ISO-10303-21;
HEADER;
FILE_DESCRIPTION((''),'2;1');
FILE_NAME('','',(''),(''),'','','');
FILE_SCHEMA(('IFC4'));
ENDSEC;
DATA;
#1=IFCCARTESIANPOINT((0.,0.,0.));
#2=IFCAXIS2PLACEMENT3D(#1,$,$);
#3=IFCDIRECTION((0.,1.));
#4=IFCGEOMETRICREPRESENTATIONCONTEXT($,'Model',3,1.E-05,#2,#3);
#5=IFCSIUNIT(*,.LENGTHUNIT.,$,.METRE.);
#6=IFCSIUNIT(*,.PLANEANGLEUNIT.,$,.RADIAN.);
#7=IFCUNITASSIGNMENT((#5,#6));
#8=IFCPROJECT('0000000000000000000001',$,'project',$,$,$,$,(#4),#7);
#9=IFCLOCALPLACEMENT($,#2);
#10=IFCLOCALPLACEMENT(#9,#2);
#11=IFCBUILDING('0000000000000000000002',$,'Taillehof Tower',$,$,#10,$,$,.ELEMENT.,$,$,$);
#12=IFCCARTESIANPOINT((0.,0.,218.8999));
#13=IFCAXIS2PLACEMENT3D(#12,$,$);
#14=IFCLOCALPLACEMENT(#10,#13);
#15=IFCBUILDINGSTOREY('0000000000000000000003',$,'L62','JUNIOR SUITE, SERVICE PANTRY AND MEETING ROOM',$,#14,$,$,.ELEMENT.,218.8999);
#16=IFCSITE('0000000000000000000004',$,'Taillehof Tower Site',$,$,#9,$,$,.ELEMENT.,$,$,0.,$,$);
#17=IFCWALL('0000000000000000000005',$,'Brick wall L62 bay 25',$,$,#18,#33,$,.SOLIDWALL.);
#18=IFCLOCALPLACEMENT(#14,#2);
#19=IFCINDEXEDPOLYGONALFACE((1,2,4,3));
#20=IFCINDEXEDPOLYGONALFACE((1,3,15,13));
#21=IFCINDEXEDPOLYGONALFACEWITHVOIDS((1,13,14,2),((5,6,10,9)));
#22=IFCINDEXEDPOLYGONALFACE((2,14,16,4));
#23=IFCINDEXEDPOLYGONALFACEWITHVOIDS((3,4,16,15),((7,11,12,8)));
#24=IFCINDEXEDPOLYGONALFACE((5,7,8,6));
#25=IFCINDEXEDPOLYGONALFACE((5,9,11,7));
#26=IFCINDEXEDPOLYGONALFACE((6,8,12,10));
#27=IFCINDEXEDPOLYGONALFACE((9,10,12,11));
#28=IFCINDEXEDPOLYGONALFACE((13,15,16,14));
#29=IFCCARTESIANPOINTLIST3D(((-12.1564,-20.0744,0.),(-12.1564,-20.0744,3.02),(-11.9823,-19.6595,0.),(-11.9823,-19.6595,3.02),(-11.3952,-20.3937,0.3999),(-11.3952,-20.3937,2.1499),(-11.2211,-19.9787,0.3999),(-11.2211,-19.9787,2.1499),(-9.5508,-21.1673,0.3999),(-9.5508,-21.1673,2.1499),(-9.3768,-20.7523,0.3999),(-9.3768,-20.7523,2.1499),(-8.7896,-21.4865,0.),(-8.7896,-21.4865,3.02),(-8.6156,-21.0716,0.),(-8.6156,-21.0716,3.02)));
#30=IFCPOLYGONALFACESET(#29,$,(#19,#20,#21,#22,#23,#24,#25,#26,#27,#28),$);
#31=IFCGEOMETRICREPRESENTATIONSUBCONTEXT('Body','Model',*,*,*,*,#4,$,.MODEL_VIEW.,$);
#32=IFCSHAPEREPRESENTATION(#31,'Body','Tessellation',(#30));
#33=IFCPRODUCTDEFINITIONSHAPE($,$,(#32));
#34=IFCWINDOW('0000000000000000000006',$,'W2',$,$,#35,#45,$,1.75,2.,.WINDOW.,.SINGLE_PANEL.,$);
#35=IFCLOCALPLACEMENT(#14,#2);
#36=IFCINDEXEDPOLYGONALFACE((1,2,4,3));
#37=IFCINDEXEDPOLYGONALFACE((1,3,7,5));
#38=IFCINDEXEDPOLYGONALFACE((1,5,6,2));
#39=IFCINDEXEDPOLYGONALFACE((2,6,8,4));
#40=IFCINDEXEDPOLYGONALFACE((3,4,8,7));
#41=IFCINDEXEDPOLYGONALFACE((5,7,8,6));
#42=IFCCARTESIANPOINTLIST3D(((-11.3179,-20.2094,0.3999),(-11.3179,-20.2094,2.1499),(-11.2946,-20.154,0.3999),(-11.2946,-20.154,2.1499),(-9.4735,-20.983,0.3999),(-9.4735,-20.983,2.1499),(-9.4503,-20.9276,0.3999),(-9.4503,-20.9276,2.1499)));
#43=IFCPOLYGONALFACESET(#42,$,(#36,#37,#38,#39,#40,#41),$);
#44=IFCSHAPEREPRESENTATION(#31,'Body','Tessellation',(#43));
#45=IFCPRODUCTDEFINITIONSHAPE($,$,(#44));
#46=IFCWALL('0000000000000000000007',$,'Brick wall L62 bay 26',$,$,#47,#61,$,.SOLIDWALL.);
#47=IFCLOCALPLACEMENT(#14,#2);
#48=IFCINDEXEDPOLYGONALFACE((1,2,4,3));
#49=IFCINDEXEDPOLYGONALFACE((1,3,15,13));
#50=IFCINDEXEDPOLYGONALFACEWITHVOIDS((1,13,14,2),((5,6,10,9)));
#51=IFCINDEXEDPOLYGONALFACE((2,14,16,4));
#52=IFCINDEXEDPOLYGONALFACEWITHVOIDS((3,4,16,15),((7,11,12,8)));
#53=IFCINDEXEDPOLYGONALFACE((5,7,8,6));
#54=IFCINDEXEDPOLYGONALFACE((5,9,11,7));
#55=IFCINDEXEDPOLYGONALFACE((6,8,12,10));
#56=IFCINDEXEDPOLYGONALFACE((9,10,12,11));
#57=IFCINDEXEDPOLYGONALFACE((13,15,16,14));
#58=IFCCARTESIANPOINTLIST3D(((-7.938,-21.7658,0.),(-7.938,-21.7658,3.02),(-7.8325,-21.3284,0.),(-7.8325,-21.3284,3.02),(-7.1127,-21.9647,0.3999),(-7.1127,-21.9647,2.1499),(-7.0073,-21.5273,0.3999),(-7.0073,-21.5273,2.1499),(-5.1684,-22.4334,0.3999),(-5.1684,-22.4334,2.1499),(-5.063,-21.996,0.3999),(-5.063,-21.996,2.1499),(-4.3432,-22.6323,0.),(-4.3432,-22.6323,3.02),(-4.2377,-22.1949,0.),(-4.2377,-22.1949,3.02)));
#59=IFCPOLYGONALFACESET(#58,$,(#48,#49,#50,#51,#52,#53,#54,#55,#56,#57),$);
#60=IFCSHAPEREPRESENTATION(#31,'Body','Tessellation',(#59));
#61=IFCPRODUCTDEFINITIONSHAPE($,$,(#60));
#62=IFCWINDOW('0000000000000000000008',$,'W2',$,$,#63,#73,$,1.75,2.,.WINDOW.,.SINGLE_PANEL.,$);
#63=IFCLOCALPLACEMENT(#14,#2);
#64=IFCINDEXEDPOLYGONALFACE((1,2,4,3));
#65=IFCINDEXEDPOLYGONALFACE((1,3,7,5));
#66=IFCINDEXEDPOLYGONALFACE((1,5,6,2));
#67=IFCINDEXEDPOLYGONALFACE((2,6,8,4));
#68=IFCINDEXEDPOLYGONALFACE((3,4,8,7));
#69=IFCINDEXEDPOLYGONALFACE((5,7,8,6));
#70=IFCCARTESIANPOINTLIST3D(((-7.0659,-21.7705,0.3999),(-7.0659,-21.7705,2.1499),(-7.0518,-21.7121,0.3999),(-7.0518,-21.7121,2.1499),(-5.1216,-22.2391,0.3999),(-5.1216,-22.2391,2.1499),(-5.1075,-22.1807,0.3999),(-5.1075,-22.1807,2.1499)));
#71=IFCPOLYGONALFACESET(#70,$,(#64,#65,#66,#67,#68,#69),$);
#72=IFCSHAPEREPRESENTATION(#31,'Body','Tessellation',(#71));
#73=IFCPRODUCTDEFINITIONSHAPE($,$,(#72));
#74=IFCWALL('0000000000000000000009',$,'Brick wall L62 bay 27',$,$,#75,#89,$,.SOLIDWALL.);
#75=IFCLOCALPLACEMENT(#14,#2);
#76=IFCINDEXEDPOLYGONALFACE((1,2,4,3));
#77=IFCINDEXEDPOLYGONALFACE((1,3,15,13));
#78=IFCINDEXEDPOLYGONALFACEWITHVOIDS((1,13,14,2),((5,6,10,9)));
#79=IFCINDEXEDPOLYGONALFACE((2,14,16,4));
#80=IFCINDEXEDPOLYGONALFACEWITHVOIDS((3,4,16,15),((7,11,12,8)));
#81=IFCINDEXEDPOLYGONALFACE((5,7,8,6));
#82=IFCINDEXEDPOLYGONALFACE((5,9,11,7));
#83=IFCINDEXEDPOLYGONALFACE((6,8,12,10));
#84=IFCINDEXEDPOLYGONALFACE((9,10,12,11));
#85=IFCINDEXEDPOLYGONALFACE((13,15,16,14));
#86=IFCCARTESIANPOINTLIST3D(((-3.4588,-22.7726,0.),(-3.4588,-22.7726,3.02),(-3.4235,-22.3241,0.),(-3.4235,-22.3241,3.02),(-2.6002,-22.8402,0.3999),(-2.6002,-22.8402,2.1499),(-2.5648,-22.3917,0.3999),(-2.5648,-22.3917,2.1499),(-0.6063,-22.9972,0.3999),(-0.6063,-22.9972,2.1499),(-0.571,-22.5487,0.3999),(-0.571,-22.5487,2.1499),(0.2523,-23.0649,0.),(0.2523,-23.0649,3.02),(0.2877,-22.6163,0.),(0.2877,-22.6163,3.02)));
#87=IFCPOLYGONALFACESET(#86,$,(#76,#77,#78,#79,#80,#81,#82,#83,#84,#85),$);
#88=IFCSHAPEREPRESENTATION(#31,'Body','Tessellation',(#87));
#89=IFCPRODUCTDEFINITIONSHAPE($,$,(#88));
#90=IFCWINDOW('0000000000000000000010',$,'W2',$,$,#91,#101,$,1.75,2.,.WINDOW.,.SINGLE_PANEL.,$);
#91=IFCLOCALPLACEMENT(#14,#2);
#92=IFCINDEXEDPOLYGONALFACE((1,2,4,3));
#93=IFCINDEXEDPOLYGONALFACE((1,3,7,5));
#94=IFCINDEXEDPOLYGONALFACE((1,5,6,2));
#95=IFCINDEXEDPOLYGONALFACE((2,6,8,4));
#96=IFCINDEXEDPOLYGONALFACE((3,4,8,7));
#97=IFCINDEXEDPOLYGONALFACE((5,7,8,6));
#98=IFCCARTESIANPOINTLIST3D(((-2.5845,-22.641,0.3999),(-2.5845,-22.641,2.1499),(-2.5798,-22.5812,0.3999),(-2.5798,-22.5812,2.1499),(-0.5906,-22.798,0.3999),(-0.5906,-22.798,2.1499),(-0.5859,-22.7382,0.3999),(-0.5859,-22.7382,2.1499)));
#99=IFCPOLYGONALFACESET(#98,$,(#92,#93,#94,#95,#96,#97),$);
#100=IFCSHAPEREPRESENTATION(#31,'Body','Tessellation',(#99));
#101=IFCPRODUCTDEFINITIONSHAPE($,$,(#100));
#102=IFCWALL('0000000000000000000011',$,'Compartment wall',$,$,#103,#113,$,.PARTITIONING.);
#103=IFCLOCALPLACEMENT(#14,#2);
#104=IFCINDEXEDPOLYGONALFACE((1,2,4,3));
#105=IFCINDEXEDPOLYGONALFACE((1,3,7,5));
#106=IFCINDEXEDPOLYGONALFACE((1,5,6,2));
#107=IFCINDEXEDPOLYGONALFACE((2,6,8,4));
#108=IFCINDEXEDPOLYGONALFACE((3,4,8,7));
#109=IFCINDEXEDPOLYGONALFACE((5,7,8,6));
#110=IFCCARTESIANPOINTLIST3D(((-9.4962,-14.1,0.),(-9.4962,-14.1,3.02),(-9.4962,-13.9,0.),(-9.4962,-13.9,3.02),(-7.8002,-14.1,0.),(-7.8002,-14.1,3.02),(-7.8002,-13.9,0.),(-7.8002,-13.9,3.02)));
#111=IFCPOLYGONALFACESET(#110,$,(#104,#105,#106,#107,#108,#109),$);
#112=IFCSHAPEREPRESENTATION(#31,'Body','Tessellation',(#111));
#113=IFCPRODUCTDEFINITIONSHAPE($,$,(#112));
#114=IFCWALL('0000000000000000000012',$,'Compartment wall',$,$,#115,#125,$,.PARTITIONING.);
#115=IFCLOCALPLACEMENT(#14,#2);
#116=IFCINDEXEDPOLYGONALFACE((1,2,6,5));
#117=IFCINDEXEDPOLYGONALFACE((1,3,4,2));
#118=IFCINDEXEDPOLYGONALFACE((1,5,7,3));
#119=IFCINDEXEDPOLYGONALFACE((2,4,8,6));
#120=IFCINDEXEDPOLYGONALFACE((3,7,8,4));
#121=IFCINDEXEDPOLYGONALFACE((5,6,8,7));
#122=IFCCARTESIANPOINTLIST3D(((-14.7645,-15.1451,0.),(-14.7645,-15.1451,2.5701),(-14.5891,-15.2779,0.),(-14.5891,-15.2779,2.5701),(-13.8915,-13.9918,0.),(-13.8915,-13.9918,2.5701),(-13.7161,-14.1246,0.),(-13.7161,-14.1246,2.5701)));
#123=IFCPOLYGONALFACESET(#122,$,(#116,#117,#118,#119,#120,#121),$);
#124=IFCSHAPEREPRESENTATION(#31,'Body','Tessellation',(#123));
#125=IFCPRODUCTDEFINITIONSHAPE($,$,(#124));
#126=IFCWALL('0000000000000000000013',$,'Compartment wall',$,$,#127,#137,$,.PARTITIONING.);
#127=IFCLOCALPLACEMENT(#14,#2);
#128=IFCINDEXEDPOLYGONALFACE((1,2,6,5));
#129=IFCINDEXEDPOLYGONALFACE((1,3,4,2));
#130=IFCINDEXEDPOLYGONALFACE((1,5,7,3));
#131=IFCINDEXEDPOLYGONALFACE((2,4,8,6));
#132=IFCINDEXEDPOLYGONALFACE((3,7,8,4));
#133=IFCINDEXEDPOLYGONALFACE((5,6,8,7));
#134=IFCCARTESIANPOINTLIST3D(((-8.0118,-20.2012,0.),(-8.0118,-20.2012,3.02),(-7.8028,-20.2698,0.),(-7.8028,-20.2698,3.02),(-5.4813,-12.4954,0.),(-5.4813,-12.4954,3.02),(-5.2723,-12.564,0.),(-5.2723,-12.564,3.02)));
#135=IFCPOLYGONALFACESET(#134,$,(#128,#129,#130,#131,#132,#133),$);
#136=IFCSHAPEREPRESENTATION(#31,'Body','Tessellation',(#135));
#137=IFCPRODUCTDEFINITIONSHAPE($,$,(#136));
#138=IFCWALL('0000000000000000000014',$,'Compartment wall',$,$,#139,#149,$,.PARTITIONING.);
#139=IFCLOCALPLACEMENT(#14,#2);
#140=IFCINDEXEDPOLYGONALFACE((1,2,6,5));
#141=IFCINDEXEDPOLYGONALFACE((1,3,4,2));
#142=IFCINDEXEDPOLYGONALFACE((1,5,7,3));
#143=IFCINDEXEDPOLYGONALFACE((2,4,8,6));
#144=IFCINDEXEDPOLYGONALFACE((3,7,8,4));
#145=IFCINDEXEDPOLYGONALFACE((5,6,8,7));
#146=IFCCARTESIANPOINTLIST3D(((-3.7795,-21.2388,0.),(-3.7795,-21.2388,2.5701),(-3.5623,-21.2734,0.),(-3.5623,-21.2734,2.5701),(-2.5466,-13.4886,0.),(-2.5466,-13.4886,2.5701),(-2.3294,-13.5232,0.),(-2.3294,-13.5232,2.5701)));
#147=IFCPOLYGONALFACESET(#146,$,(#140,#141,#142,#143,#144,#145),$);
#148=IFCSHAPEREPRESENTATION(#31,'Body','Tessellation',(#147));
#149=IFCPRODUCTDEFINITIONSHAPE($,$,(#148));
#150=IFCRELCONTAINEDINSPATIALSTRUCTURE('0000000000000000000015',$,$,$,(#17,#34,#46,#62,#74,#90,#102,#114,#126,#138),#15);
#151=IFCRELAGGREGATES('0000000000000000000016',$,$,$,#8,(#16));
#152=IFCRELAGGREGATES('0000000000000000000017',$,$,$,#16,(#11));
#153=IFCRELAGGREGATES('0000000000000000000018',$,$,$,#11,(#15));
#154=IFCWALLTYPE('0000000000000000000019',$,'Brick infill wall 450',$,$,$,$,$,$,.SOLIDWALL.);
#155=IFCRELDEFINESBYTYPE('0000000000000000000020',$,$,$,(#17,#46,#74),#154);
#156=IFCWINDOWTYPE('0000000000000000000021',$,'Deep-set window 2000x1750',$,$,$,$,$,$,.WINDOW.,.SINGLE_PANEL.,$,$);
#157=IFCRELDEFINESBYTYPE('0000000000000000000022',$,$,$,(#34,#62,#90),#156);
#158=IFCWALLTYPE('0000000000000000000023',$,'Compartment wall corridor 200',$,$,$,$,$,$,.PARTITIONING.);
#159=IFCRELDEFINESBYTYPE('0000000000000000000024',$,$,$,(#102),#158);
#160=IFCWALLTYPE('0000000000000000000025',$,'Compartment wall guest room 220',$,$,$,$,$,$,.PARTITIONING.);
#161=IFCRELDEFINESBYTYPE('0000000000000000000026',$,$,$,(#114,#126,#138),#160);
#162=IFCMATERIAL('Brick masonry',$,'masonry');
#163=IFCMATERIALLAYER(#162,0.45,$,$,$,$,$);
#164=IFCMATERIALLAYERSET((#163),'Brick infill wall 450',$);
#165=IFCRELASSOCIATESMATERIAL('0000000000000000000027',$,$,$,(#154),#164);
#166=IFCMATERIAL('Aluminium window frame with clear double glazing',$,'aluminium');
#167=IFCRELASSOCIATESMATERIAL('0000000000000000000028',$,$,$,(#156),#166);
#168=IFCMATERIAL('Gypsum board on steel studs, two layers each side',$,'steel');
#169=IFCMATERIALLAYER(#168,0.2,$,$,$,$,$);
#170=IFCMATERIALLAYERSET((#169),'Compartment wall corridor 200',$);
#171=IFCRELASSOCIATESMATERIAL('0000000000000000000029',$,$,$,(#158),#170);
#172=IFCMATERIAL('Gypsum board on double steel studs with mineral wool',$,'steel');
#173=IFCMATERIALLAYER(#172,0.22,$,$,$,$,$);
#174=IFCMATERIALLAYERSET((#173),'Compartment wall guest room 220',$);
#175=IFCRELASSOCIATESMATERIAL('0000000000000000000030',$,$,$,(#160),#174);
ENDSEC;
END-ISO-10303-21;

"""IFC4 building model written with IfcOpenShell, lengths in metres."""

from ifc_helpers import new_model, si_unit, direction, frame, frame_2d, origin, place, context, subcontext, project, spatial, rectangle, extrude, material, layer, layer_set, type_object, element, fill, save


model = new_model("IFC4")

# Units and contexts
model_context = context("Model", 3, precision=1e-05, world=origin(), true_north=direction((0.0, 1.0)))
body_context = subcontext(model_context, "Body", "Model", "MODEL_VIEW")
ifc_project = project(units=[si_unit("LENGTHUNIT", "METRE"), si_unit("PLANEANGLEUNIT", "RADIAN")], contexts=[model_context])

# Site, building, storey
site_placement = place(None, origin())
site = spatial("IfcSite", under=ifc_project, at=site_placement, Name="Taillehof Tower Site", CompositionType="ELEMENT", RefElevation=0.0)
building_placement = place(site_placement, origin())
building = spatial("IfcBuilding", under=site, at=building_placement, Name="Taillehof Tower", CompositionType="ELEMENT")
storey_placement = place(building_placement, frame((0.0, 0.0, 218.8999)))
storey = spatial("IfcBuildingStorey", under=building, at=storey_placement, Name="L62", Description="JUNIOR SUITE, SERVICE PANTRY AND MEETING ROOM", CompositionType="ELEMENT", Elevation=218.8999)

# Walls, openings, windows
ifc_material_1 = material(Name="Brick masonry", Category="masonry")
ifc_layer_1 = layer(ifc_material_1, 0.45)
ifc_layer_set_1 = layer_set([ifc_layer_1], Name="Brick infill wall 450")
wall_type_1 = type_object("IfcWallType", Name="Brick infill wall 450", PredefinedType="SOLIDWALL", material=ifc_layer_set_1)
wall_1_placement = place(storey_placement, frame((-12.0693, -19.8669, 0.0), z_axis=(0.0, 0.0, 1.0), x_axis=(0.922168, -0.386789, 0.0)))
wall_1 = element("IfcWall", 1, at=wall_1_placement, inside=storey, type_object=wall_type_1, Name="Brick wall L62 bay 25", PredefinedType="SOLIDWALL", context=body_context, shape_type="SweptSolid", body=[
    extrude(rectangle(XDim=3.6509, YDim=0.45, at=frame_2d((1.8254, 0.0))), origin(), (0.0, 0.0, 1.0), 3.02),
])
opening_1_placement = place(wall_1_placement, frame((0.8254, 0.0, 0.3999)))
opening_1 = element("IfcOpeningElement", 2, at=opening_1_placement, cuts=wall_1, PredefinedType="OPENING", context=body_context, shape_type="SweptSolid", body=[
    extrude(rectangle(XDim=2.0, YDim=1.75, at=frame_2d((1.0, 0.875))), frame((0.0, 0.2349, 0.0), z_axis=(0.0, -1.0, 0.0), x_axis=(1.0, 0.0, 0.0)), (0.0, 0.0, 1.0), 0.47),
])
ifc_material_2 = material(Name="Aluminium window frame with clear double glazing", Category="aluminium")
window_type = type_object("IfcWindowType", Name="Deep-set window 2000x1750", PartitioningType="SINGLE_PANEL", PredefinedType="WINDOW", material=ifc_material_2)
window_1_placement = place(opening_1_placement, origin())
window_1 = element("IfcWindow", 3, at=window_1_placement, inside=storey, type_object=window_type, Name="W2", OverallHeight=1.75, OverallWidth=2.0, PartitioningType="SINGLE_PANEL", PredefinedType="WINDOW", context=body_context, shape_type="SweptSolid", body=[
    extrude(rectangle(XDim=2.0, YDim=1.75, at=frame_2d((1.0, 0.875))), frame((0.0, 0.0349, 0.0), z_axis=(0.0, -1.0, 0.0), x_axis=(1.0, 0.0, 0.0)), (0.0, 0.0, 1.0), 0.0601),
])
fill(opening_1, window_1)
wall_2_placement = place(storey_placement, frame((-7.8853, -21.5471, 0.0), z_axis=(0.0, 0.0, 1.0), x_axis=(0.972158, -0.234324, 0.0)))
wall_2 = element("IfcWall", 4, at=wall_2_placement, inside=storey, type_object=wall_type_1, Name="Brick wall L62 bay 26", PredefinedType="SOLIDWALL", context=body_context, shape_type="SweptSolid", body=[
    extrude(rectangle(XDim=3.6978, YDim=0.45, at=frame_2d((1.8489, 0.0))), origin(), (0.0, 0.0, 1.0), 3.02),
])
opening_2_placement = place(wall_2_placement, frame((0.8489, 0.0, 0.3999)))
opening_2 = element("IfcOpeningElement", 5, at=opening_2_placement, cuts=wall_2, PredefinedType="OPENING", context=body_context, shape_type="SweptSolid", body=[
    extrude(rectangle(XDim=2.0, YDim=1.75, at=frame_2d((1.0, 0.875))), frame((0.0, 0.2349, 0.0), z_axis=(0.0, -1.0, 0.0), x_axis=(1.0, 0.0, 0.0)), (0.0, 0.0, 1.0), 0.47),
])
window_2_placement = place(opening_2_placement, origin())
window_2 = element("IfcWindow", 6, at=window_2_placement, inside=storey, type_object=window_type, Name="W2", OverallHeight=1.75, OverallWidth=2.0, PartitioningType="SINGLE_PANEL", PredefinedType="WINDOW", context=body_context, shape_type="SweptSolid", body=[
    extrude(rectangle(XDim=2.0, YDim=1.75, at=frame_2d((1.0, 0.875))), frame((0.0, 0.0349, 0.0), z_axis=(0.0, -1.0, 0.0), x_axis=(1.0, 0.0, 0.0)), (0.0, 0.0, 1.0), 0.0601),
])
fill(opening_2, window_2)
wall_3_placement = place(storey_placement, frame((-3.4412, -22.5483, 0.0), z_axis=(0.0, 0.0, 1.0), x_axis=(0.996914, -0.078502, 0.0)))
wall_3 = element("IfcWall", 7, at=wall_3_placement, inside=storey, type_object=wall_type_1, Name="Brick wall L62 bay 27", PredefinedType="SOLIDWALL", context=body_context, shape_type="SweptSolid", body=[
    extrude(rectangle(XDim=3.7227, YDim=0.45, at=frame_2d((1.8613, 0.0))), origin(), (0.0, 0.0, 1.0), 3.02),
])
opening_3_placement = place(wall_3_placement, frame((0.8613, 0.0, 0.3999)))
opening_3 = element("IfcOpeningElement", 8, at=opening_3_placement, cuts=wall_3, PredefinedType="OPENING", context=body_context, shape_type="SweptSolid", body=[
    extrude(rectangle(XDim=2.0, YDim=1.75, at=frame_2d((1.0, 0.875))), frame((0.0, 0.2349, 0.0), z_axis=(0.0, -1.0, 0.0), x_axis=(1.0, 0.0, 0.0)), (0.0, 0.0, 1.0), 0.47),
])
window_3_placement = place(opening_3_placement, origin())
window_3 = element("IfcWindow", 9, at=window_3_placement, inside=storey, type_object=window_type, Name="W2", OverallHeight=1.75, OverallWidth=2.0, PartitioningType="SINGLE_PANEL", PredefinedType="WINDOW", context=body_context, shape_type="SweptSolid", body=[
    extrude(rectangle(XDim=2.0, YDim=1.75, at=frame_2d((1.0, 0.875))), frame((0.0, 0.0349, 0.0), z_axis=(0.0, -1.0, 0.0), x_axis=(1.0, 0.0, 0.0)), (0.0, 0.0, 1.0), 0.0601),
])
fill(opening_3, window_3)

# Walls
ifc_material_3 = material(Name="Gypsum board on steel studs, two layers each side", Category="steel")
ifc_layer_2 = layer(ifc_material_3, 0.2)
ifc_layer_set_2 = layer_set([ifc_layer_2], Name="Compartment wall corridor 200")
wall_type_2 = type_object("IfcWallType", Name="Compartment wall corridor 200", PredefinedType="PARTITIONING", material=ifc_layer_set_2)
wall_4_placement = place(storey_placement, frame((-7.8, -14.0, 0.0), z_axis=(0.0, 0.0, 1.0), x_axis=(-1.0, 0.0, 0.0)))
element("IfcWall", 10, at=wall_4_placement, inside=storey, type_object=wall_type_2, Name="Compartment wall", PredefinedType="PARTITIONING", context=body_context, shape_type="SweptSolid", body=[
    extrude(rectangle(XDim=1.696, YDim=0.2, at=frame_2d((0.8481, 0.0))), origin(), (0.0, 0.0, 1.0), 3.02),
])
ifc_material_4 = material(Name="Gypsum board on double steel studs with mineral wool", Category="steel")
ifc_layer_3 = layer(ifc_material_4, 0.22)
ifc_layer_set_3 = layer_set([ifc_layer_3], Name="Compartment wall guest room 220")
wall_type_3 = type_object("IfcWallType", Name="Compartment wall guest room 220", PredefinedType="PARTITIONING", material=ifc_layer_set_3)
wall_5_placement = place(storey_placement, frame((-14.6768, -15.2114, 0.0), z_axis=(0.0, 0.0, 1.0), x_axis=(0.603559, 0.797319, 0.0)))
element("IfcWall", 11, at=wall_5_placement, inside=storey, type_object=wall_type_3, Name="Compartment wall", PredefinedType="PARTITIONING", context=body_context, shape_type="SweptSolid", body=[
    extrude(rectangle(XDim=1.4465, YDim=0.22, at=frame_2d((0.7231, 0.0))), origin(), (0.0, 0.0, 1.0), 2.5701),
])
wall_6_placement = place(storey_placement, frame((-7.9072, -20.2354, 0.0), z_axis=(0.0, 0.0, 1.0), x_axis=(0.311998, 0.950083, 0.0)))
element("IfcWall", 12, at=wall_6_placement, inside=storey, type_object=wall_type_3, Name="Compartment wall", PredefinedType="PARTITIONING", context=body_context, shape_type="SweptSolid", body=[
    extrude(rectangle(XDim=8.1106, YDim=0.22, at=frame_2d((4.0552, 0.0))), origin(), (0.0, 0.0, 1.0), 3.02),
])
wall_7_placement = place(storey_placement, frame((-3.6709, -21.2561, 0.0), z_axis=(0.0, 0.0, 1.0), x_axis=(0.157105, 0.987582, 0.0)))
element("IfcWall", 13, at=wall_7_placement, inside=storey, type_object=wall_type_3, Name="Compartment wall", PredefinedType="PARTITIONING", context=body_context, shape_type="SweptSolid", body=[
    extrude(rectangle(XDim=7.8477, YDim=0.22, at=frame_2d((3.9238, 0.0))), origin(), (0.0, 0.0, 1.0), 2.5701),
])

save(model, "model.ifc")
